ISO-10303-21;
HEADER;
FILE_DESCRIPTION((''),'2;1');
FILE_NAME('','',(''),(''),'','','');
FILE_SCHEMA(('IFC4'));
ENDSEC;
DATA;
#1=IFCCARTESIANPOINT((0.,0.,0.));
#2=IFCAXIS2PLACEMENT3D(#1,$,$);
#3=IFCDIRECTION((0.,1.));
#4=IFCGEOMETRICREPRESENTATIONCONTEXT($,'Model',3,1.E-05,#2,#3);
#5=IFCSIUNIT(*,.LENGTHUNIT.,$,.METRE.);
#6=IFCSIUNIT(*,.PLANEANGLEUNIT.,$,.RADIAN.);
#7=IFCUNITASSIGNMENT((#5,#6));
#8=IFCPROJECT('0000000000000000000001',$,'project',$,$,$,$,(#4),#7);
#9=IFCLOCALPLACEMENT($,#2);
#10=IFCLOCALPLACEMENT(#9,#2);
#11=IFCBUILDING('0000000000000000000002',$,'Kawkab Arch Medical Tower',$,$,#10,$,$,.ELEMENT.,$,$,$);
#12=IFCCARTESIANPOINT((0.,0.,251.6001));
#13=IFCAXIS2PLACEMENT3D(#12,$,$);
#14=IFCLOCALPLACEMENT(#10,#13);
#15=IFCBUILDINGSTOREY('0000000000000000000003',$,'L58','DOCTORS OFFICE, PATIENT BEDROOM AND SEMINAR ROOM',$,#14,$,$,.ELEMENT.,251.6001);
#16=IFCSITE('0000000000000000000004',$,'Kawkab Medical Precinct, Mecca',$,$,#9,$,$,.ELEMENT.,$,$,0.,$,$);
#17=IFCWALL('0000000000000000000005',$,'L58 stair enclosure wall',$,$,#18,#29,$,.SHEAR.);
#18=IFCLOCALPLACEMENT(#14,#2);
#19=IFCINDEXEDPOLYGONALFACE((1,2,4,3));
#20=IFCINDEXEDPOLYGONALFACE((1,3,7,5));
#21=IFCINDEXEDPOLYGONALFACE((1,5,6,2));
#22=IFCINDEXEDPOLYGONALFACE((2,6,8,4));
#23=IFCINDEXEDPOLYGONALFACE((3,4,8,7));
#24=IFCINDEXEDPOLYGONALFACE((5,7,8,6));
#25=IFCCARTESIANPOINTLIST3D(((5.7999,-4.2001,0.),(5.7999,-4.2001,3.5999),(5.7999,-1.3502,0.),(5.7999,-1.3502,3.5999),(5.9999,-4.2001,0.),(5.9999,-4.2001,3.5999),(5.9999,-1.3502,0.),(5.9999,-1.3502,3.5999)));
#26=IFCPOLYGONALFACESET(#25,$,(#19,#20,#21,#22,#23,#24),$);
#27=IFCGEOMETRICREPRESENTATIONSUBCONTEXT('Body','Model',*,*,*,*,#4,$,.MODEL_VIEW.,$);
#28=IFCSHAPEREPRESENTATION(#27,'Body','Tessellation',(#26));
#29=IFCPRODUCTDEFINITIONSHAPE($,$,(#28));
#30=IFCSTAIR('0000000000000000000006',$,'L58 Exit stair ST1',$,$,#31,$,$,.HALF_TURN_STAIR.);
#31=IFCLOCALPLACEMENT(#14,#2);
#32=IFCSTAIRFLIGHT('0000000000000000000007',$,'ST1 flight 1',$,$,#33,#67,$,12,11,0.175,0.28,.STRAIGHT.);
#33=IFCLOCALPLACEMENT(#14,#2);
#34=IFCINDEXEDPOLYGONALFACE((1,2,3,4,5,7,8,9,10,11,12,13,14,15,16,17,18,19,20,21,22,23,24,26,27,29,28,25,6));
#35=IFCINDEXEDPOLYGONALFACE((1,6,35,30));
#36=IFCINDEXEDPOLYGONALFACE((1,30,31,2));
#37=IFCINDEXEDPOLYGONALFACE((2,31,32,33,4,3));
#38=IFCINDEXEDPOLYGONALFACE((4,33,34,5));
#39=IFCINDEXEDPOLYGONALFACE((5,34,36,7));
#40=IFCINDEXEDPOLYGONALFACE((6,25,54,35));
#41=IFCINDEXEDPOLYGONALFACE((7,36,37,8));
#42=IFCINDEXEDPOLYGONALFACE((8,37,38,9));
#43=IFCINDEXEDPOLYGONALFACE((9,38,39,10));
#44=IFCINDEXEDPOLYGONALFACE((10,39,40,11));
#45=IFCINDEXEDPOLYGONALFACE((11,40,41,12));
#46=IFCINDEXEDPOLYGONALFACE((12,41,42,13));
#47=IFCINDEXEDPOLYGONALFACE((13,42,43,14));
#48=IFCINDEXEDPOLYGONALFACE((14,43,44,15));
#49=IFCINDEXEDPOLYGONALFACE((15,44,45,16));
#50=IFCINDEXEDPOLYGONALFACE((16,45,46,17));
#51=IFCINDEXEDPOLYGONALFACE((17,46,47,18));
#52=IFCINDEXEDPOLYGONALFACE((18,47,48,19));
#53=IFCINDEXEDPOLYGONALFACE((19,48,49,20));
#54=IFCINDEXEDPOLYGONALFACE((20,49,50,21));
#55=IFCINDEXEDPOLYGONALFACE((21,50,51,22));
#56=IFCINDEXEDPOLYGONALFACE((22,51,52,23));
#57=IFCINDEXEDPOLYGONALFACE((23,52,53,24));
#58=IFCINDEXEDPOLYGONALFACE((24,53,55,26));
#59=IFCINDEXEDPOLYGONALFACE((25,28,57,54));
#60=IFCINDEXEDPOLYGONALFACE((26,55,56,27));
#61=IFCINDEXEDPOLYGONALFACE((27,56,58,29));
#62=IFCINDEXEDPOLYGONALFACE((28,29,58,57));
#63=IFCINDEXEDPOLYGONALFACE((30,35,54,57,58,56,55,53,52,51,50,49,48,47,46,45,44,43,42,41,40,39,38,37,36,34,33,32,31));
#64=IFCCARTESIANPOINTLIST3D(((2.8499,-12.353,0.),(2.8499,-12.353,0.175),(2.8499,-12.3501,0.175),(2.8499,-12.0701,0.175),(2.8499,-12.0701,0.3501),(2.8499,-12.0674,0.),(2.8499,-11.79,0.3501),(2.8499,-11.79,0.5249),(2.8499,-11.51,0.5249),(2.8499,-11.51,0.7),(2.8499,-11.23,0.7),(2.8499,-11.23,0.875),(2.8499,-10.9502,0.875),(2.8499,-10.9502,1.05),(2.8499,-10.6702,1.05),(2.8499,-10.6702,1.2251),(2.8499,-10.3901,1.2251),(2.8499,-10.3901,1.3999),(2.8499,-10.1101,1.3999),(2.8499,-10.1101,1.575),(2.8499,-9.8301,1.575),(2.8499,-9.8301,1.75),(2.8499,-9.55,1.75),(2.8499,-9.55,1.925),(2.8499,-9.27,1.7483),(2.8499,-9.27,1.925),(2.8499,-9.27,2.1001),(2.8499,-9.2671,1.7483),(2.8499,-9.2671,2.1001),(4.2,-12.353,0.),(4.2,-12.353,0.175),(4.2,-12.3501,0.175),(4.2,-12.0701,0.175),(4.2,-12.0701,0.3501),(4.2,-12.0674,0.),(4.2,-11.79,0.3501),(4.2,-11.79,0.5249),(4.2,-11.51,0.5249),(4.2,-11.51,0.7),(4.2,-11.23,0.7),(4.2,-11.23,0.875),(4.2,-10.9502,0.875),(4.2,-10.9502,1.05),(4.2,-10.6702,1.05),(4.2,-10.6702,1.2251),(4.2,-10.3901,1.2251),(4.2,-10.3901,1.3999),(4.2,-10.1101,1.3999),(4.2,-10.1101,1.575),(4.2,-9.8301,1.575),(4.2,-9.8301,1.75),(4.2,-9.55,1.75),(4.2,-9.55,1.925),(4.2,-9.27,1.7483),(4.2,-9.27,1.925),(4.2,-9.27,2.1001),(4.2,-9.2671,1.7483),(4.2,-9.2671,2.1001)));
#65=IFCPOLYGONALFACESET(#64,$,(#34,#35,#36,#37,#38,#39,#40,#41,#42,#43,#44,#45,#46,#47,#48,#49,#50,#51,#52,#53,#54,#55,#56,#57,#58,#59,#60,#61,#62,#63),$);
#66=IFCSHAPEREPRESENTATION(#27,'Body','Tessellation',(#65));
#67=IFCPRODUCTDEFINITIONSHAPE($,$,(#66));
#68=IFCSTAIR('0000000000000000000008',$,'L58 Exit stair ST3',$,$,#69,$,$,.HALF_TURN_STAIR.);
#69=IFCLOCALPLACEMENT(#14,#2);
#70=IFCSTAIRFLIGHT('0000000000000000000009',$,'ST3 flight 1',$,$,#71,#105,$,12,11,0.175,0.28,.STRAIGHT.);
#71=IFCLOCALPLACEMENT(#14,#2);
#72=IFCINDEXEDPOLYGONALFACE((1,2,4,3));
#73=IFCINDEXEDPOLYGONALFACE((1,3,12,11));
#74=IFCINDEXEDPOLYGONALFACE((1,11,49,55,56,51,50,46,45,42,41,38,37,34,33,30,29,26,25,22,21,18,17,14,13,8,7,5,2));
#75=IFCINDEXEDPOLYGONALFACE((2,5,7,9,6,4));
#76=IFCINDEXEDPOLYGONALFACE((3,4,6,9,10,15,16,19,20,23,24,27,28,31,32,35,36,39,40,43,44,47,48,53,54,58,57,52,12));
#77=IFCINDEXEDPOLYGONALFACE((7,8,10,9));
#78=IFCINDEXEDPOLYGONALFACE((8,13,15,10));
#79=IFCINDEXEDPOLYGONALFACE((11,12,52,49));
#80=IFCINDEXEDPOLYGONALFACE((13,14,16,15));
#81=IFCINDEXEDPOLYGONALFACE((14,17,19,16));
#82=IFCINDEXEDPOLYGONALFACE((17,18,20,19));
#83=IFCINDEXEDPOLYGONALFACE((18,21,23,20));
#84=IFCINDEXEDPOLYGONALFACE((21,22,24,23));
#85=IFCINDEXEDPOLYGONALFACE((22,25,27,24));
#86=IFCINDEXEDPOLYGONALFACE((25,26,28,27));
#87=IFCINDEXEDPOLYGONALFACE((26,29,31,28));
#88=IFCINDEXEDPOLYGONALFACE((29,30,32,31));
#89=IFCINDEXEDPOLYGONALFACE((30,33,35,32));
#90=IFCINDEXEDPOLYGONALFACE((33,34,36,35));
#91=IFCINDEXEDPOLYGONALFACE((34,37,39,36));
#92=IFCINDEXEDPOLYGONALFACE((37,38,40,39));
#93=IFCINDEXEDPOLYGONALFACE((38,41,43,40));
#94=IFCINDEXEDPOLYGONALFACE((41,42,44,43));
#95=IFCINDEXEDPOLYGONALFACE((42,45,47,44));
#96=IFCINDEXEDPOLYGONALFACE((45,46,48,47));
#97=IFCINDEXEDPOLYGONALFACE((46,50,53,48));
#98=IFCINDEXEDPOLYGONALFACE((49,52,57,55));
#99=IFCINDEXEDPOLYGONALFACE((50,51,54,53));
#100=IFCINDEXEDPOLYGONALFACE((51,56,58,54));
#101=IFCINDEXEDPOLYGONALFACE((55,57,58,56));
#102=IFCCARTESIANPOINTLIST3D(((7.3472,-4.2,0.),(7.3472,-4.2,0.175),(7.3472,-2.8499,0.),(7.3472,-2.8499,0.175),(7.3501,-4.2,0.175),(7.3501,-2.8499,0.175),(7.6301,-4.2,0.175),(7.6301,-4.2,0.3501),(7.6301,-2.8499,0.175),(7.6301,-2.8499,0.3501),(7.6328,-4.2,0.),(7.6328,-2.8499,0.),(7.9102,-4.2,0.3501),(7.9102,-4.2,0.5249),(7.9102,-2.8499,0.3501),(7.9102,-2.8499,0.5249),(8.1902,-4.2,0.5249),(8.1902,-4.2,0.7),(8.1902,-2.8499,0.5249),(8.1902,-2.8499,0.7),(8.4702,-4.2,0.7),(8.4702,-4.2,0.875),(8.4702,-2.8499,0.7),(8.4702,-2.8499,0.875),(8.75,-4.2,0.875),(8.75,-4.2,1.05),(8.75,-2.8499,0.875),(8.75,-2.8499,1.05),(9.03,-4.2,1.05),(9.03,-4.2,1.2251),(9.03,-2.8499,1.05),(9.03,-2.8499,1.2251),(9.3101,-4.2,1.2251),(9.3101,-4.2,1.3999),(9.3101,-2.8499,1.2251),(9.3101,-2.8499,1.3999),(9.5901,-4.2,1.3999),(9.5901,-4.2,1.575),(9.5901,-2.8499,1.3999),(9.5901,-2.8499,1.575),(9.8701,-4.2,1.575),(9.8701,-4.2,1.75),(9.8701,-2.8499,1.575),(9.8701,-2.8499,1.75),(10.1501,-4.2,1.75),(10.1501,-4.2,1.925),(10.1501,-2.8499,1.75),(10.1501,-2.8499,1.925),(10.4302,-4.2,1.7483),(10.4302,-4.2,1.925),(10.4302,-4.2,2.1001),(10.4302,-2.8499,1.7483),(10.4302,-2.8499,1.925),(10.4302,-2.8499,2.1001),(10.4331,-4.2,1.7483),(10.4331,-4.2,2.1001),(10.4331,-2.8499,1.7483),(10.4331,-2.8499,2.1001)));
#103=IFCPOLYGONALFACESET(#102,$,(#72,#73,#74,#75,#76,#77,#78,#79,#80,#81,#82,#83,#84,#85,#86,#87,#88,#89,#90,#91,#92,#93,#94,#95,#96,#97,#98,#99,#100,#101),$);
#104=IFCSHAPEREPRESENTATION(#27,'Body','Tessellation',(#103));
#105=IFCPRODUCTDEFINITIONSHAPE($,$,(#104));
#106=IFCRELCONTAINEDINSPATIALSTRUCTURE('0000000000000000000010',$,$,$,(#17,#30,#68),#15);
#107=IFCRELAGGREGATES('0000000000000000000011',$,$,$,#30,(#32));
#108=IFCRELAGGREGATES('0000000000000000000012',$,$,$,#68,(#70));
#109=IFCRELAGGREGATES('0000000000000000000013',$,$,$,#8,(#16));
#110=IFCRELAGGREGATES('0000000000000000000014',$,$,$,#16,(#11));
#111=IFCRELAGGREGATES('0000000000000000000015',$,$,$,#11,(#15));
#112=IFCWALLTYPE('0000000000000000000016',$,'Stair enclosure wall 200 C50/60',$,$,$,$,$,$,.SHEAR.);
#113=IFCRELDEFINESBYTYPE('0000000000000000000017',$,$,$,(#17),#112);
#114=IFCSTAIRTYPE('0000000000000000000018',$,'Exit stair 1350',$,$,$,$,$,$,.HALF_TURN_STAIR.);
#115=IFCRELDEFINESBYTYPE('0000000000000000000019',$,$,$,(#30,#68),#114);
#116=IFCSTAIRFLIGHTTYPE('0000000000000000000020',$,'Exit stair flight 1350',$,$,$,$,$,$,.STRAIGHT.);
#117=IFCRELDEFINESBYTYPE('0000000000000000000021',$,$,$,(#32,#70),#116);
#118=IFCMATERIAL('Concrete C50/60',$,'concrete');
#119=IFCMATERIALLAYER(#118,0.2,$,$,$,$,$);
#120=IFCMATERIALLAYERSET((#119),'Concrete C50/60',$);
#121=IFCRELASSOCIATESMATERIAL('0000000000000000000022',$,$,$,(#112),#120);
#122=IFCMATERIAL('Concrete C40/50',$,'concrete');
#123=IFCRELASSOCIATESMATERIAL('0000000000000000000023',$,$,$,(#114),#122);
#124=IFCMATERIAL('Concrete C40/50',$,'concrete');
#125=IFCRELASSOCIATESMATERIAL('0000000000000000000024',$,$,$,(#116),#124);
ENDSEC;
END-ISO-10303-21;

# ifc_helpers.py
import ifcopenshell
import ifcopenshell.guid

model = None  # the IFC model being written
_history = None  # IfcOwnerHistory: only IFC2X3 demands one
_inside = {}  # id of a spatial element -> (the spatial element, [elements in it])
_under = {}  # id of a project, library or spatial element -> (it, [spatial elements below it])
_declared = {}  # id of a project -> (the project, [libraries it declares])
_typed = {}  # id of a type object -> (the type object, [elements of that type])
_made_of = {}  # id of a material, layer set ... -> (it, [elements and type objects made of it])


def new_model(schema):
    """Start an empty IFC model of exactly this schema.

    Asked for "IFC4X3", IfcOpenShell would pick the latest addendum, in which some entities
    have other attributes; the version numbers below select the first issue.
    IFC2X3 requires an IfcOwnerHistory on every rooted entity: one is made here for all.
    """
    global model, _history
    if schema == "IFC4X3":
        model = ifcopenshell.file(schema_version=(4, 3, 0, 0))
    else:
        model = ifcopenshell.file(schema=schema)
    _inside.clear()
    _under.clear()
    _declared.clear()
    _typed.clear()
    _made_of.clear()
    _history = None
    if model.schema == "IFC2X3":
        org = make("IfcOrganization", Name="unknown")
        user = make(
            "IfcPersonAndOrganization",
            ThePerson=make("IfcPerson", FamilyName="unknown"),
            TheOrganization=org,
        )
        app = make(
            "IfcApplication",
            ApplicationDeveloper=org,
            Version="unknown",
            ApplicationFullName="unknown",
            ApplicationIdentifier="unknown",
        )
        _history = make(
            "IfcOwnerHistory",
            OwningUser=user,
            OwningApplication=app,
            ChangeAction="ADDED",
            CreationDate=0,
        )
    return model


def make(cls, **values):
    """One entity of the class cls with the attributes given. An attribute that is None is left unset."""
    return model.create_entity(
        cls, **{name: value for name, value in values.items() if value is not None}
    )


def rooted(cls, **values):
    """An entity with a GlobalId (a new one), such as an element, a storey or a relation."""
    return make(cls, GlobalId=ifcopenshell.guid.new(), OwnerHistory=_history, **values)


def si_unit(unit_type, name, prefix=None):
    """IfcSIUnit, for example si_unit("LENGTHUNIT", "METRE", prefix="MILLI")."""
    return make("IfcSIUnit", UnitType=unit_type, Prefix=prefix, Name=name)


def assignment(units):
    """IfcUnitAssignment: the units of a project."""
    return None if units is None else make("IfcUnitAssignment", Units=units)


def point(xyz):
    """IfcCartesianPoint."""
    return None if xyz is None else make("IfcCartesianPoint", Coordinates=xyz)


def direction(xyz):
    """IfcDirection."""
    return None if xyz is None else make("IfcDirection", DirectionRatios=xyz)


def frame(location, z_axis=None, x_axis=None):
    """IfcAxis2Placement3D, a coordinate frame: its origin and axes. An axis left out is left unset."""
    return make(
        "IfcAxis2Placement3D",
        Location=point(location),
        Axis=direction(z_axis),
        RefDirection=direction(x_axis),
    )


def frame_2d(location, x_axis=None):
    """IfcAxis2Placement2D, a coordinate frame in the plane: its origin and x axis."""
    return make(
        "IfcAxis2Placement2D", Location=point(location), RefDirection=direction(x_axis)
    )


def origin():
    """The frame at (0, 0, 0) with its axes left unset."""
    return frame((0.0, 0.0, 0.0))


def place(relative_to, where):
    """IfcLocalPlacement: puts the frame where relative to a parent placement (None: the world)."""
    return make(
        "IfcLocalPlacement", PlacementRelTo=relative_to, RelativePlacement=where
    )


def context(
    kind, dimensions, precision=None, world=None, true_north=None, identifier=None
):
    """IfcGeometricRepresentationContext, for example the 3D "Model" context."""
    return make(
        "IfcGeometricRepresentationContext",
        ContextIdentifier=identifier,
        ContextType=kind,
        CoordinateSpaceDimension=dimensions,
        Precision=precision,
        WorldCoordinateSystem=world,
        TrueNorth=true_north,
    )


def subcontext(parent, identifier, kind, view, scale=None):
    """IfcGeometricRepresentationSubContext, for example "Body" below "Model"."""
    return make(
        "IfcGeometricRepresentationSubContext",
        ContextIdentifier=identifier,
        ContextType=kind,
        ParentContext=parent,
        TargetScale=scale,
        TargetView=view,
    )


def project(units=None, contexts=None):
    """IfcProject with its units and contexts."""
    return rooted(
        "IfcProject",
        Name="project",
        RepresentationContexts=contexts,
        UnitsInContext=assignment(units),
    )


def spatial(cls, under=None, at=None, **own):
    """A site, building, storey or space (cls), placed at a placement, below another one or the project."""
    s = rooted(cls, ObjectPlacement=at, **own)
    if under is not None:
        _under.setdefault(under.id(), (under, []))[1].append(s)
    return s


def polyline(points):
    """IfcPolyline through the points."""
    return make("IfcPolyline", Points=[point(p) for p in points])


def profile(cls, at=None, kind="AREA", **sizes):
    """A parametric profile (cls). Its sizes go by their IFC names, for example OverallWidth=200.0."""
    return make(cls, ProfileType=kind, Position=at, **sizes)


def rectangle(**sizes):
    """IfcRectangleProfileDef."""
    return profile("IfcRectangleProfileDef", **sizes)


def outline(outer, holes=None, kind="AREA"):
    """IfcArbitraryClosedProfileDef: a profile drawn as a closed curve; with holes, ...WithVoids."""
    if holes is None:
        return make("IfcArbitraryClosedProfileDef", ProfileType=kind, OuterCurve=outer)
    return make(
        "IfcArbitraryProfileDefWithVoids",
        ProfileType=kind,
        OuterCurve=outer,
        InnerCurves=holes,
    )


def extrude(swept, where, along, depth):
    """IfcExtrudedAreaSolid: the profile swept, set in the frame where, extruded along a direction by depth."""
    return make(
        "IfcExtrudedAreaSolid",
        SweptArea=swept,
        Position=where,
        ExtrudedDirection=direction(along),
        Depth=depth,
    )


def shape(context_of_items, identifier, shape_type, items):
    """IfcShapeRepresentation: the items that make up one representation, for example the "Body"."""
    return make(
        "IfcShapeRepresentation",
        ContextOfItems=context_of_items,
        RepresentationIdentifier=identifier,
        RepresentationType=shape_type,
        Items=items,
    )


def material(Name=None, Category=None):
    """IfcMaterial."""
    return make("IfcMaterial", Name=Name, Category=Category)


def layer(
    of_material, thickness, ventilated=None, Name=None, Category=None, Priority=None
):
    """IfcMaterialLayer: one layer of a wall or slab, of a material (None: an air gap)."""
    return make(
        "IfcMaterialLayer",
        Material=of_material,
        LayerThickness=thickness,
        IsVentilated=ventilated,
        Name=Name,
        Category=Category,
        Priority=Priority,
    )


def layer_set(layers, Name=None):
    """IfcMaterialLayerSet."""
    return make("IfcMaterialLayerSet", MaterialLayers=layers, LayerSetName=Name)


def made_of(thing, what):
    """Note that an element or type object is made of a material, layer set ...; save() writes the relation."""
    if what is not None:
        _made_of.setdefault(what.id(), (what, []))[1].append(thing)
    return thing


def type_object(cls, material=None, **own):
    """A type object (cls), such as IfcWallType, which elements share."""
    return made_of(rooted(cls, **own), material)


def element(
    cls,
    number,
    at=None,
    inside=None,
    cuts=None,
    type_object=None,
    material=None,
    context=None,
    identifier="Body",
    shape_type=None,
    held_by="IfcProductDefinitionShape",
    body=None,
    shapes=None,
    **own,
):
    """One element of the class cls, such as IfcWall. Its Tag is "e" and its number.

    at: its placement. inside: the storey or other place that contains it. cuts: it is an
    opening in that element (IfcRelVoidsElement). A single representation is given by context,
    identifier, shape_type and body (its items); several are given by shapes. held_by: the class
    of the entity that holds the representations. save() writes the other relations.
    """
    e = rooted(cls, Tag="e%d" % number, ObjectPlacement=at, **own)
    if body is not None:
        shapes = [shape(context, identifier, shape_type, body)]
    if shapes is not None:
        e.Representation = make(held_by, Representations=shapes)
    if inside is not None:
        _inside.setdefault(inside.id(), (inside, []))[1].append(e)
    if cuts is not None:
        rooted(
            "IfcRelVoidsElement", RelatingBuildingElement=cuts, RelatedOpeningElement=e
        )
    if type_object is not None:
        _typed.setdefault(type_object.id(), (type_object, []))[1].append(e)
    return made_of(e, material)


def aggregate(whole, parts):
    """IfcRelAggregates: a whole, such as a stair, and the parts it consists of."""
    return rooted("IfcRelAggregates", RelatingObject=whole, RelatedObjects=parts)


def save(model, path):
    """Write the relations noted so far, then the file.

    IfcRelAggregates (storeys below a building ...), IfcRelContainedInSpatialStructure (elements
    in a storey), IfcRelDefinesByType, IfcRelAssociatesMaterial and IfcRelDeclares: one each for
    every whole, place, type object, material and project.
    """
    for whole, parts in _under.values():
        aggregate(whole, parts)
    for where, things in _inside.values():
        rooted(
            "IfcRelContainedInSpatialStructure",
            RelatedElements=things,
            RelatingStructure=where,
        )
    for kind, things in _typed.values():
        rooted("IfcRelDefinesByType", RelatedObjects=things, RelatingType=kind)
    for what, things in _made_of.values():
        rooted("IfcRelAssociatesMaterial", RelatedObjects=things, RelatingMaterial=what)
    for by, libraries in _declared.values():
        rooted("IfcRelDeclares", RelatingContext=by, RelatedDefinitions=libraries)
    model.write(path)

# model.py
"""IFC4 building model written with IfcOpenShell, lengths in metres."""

from ifc_helpers import new_model, si_unit, direction, frame, frame_2d, origin, place, context, subcontext, project, spatial, polyline, rectangle, outline, extrude, material, layer, layer_set, type_object, element, aggregate, save


model = new_model("IFC4")

# Units and contexts
model_context = context("Model", 3, precision=1e-05, world=origin(), true_north=direction((0.0, 1.0)))
body_context = subcontext(model_context, "Body", "Model", "MODEL_VIEW")
ifc_project = project(units=[si_unit("LENGTHUNIT", "METRE"), si_unit("PLANEANGLEUNIT", "RADIAN")], contexts=[model_context])

# Site, building, storey
site_placement = place(None, origin())
site = spatial("IfcSite", under=ifc_project, at=site_placement, Name="Kawkab Medical Precinct, Mecca", CompositionType="ELEMENT", RefElevation=0.0)
building_placement = place(site_placement, origin())
building = spatial("IfcBuilding", under=site, at=building_placement, Name="Kawkab Arch Medical Tower", CompositionType="ELEMENT")
storey_placement = place(building_placement, frame((0.0, 0.0, 251.6001)))
storey = spatial("IfcBuildingStorey", under=building, at=storey_placement, Name="L58", Description="DOCTORS OFFICE, PATIENT BEDROOM AND SEMINAR ROOM", CompositionType="ELEMENT", Elevation=251.6001)

# Wall
ifc_material_1 = material(Name="Concrete C50/60", Category="concrete")
ifc_layer_1 = layer(ifc_material_1, 0.2)
ifc_layer_set_1 = layer_set([ifc_layer_1], Name="Concrete C50/60")
wall_type_1 = type_object("IfcWallType", Name="Stair enclosure wall 200 C50/60", PredefinedType="SHEAR", material=ifc_layer_set_1)
wall_1_placement = place(storey_placement, frame((5.8999, -4.2, 0.0), z_axis=(0.0, 0.0, 1.0), x_axis=(0.0, 1.0, 0.0)))
element("IfcWall", 1, at=wall_1_placement, inside=storey, type_object=wall_type_1, Name="L58 stair enclosure wall", PredefinedType="SHEAR", context=body_context, shape_type="SweptSolid", body=[
    extrude(rectangle(XDim=2.8499, YDim=0.2, at=frame_2d((1.4248, 0.0))), origin(), (0.0, 0.0, 1.0), 3.5999),
])

# Stairs, stair flights
ifc_material_2 = material(Name="Concrete C40/50", Category="concrete")
stair_type = type_object("IfcStairType", Name="Exit stair 1350", PredefinedType="HALF_TURN_STAIR", material=ifc_material_2)
placement = place(storey_placement, origin())
stair_1 = element("IfcStair", 2, at=placement, inside=storey, type_object=stair_type, Name="L58 Exit stair ST1", PredefinedType="HALF_TURN_STAIR")
ifc_material_3 = material(Name="Concrete C40/50", Category="concrete")
stair_flight_type = type_object("IfcStairFlightType", Name="Exit stair flight 1350", PredefinedType="STRAIGHT", material=ifc_material_3)
stair_flight_1_placement = place(storey_placement, frame((3.5249, -12.3501, 0.0), z_axis=(0.0, 0.0, 1.0), x_axis=(0.0, 1.0, 0.0)))
stair_flight_1 = element("IfcStairFlight", 3, at=stair_flight_1_placement, type_object=stair_flight_type, Name="ST1 flight 1", NumberOfRisers=12, NumberOfTreads=11, PredefinedType="STRAIGHT", RiserHeight=0.175, TreadLength=0.28, context=body_context, shape_type="SweptSolid", body=[
    extrude(outline(polyline([(-0.0029, 0.0), (-0.0029, 0.175), (0.0, 0.175), (0.28, 0.175), (0.28, 0.3501), (0.5601, 0.3501), (0.5601, 0.5249), (0.8401, 0.5249), (0.8401, 0.7), (1.1201, 0.7), (1.1201, 0.875), (1.3999, 0.875), (1.3999, 1.05), (1.6799, 1.05), (1.6799, 1.2251), (1.96, 1.2251), (1.96, 1.3999), (2.24, 1.3999), (2.24, 1.575), (2.52, 1.575), (2.52, 1.75), (2.8, 1.75), (2.8, 1.925), (3.0801, 1.925), (3.0801, 2.1001), (3.083, 2.1001), (3.083, 1.7483), (3.0801, 1.7483), (0.2827, 0.0), (-0.0029, 0.0)])), frame((0.0, 0.675, 0.0), z_axis=(0.0, -1.0, 0.0), x_axis=(1.0, 0.0, 0.0)), (0.0, 0.0, 1.0), 1.3501),
])
aggregate(stair_1, [stair_flight_1])
stair_2 = element("IfcStair", 4, at=placement, inside=storey, type_object=stair_type, Name="L58 Exit stair ST3", PredefinedType="HALF_TURN_STAIR")
stair_flight_2_placement = place(storey_placement, frame((7.3501, -3.5249, 0.0), z_axis=(0.0, 0.0, 1.0), x_axis=(1.0, 0.0, 0.0)))
stair_flight_2 = element("IfcStairFlight", 5, at=stair_flight_2_placement, type_object=stair_flight_type, Name="ST3 flight 1", NumberOfRisers=12, NumberOfTreads=11, PredefinedType="STRAIGHT", RiserHeight=0.175, TreadLength=0.28, context=body_context, shape_type="SweptSolid", body=[
    extrude(outline(polyline([(-0.0029, 0.0), (-0.0029, 0.175), (0.0, 0.175), (0.28, 0.175), (0.28, 0.3501), (0.5601, 0.3501), (0.5601, 0.5249), (0.8401, 0.5249), (0.8401, 0.7), (1.1201, 0.7), (1.1201, 0.875), (1.3999, 0.875), (1.3999, 1.05), (1.6799, 1.05), (1.6799, 1.2251), (1.96, 1.2251), (1.96, 1.3999), (2.24, 1.3999), (2.24, 1.575), (2.52, 1.575), (2.52, 1.75), (2.8, 1.75), (2.8, 1.925), (3.0801, 1.925), (3.0801, 2.1001), (3.083, 2.1001), (3.083, 1.7483), (3.0801, 1.7483), (0.2827, 0.0), (-0.0029, 0.0)])), frame((0.0, 0.675, 0.0), z_axis=(0.0, -1.0, 0.0), x_axis=(1.0, 0.0, 0.0)), (0.0, 0.0, 1.0), 1.3501),
])
aggregate(stair_2, [stair_flight_2])

save(model, "model.ifc")
